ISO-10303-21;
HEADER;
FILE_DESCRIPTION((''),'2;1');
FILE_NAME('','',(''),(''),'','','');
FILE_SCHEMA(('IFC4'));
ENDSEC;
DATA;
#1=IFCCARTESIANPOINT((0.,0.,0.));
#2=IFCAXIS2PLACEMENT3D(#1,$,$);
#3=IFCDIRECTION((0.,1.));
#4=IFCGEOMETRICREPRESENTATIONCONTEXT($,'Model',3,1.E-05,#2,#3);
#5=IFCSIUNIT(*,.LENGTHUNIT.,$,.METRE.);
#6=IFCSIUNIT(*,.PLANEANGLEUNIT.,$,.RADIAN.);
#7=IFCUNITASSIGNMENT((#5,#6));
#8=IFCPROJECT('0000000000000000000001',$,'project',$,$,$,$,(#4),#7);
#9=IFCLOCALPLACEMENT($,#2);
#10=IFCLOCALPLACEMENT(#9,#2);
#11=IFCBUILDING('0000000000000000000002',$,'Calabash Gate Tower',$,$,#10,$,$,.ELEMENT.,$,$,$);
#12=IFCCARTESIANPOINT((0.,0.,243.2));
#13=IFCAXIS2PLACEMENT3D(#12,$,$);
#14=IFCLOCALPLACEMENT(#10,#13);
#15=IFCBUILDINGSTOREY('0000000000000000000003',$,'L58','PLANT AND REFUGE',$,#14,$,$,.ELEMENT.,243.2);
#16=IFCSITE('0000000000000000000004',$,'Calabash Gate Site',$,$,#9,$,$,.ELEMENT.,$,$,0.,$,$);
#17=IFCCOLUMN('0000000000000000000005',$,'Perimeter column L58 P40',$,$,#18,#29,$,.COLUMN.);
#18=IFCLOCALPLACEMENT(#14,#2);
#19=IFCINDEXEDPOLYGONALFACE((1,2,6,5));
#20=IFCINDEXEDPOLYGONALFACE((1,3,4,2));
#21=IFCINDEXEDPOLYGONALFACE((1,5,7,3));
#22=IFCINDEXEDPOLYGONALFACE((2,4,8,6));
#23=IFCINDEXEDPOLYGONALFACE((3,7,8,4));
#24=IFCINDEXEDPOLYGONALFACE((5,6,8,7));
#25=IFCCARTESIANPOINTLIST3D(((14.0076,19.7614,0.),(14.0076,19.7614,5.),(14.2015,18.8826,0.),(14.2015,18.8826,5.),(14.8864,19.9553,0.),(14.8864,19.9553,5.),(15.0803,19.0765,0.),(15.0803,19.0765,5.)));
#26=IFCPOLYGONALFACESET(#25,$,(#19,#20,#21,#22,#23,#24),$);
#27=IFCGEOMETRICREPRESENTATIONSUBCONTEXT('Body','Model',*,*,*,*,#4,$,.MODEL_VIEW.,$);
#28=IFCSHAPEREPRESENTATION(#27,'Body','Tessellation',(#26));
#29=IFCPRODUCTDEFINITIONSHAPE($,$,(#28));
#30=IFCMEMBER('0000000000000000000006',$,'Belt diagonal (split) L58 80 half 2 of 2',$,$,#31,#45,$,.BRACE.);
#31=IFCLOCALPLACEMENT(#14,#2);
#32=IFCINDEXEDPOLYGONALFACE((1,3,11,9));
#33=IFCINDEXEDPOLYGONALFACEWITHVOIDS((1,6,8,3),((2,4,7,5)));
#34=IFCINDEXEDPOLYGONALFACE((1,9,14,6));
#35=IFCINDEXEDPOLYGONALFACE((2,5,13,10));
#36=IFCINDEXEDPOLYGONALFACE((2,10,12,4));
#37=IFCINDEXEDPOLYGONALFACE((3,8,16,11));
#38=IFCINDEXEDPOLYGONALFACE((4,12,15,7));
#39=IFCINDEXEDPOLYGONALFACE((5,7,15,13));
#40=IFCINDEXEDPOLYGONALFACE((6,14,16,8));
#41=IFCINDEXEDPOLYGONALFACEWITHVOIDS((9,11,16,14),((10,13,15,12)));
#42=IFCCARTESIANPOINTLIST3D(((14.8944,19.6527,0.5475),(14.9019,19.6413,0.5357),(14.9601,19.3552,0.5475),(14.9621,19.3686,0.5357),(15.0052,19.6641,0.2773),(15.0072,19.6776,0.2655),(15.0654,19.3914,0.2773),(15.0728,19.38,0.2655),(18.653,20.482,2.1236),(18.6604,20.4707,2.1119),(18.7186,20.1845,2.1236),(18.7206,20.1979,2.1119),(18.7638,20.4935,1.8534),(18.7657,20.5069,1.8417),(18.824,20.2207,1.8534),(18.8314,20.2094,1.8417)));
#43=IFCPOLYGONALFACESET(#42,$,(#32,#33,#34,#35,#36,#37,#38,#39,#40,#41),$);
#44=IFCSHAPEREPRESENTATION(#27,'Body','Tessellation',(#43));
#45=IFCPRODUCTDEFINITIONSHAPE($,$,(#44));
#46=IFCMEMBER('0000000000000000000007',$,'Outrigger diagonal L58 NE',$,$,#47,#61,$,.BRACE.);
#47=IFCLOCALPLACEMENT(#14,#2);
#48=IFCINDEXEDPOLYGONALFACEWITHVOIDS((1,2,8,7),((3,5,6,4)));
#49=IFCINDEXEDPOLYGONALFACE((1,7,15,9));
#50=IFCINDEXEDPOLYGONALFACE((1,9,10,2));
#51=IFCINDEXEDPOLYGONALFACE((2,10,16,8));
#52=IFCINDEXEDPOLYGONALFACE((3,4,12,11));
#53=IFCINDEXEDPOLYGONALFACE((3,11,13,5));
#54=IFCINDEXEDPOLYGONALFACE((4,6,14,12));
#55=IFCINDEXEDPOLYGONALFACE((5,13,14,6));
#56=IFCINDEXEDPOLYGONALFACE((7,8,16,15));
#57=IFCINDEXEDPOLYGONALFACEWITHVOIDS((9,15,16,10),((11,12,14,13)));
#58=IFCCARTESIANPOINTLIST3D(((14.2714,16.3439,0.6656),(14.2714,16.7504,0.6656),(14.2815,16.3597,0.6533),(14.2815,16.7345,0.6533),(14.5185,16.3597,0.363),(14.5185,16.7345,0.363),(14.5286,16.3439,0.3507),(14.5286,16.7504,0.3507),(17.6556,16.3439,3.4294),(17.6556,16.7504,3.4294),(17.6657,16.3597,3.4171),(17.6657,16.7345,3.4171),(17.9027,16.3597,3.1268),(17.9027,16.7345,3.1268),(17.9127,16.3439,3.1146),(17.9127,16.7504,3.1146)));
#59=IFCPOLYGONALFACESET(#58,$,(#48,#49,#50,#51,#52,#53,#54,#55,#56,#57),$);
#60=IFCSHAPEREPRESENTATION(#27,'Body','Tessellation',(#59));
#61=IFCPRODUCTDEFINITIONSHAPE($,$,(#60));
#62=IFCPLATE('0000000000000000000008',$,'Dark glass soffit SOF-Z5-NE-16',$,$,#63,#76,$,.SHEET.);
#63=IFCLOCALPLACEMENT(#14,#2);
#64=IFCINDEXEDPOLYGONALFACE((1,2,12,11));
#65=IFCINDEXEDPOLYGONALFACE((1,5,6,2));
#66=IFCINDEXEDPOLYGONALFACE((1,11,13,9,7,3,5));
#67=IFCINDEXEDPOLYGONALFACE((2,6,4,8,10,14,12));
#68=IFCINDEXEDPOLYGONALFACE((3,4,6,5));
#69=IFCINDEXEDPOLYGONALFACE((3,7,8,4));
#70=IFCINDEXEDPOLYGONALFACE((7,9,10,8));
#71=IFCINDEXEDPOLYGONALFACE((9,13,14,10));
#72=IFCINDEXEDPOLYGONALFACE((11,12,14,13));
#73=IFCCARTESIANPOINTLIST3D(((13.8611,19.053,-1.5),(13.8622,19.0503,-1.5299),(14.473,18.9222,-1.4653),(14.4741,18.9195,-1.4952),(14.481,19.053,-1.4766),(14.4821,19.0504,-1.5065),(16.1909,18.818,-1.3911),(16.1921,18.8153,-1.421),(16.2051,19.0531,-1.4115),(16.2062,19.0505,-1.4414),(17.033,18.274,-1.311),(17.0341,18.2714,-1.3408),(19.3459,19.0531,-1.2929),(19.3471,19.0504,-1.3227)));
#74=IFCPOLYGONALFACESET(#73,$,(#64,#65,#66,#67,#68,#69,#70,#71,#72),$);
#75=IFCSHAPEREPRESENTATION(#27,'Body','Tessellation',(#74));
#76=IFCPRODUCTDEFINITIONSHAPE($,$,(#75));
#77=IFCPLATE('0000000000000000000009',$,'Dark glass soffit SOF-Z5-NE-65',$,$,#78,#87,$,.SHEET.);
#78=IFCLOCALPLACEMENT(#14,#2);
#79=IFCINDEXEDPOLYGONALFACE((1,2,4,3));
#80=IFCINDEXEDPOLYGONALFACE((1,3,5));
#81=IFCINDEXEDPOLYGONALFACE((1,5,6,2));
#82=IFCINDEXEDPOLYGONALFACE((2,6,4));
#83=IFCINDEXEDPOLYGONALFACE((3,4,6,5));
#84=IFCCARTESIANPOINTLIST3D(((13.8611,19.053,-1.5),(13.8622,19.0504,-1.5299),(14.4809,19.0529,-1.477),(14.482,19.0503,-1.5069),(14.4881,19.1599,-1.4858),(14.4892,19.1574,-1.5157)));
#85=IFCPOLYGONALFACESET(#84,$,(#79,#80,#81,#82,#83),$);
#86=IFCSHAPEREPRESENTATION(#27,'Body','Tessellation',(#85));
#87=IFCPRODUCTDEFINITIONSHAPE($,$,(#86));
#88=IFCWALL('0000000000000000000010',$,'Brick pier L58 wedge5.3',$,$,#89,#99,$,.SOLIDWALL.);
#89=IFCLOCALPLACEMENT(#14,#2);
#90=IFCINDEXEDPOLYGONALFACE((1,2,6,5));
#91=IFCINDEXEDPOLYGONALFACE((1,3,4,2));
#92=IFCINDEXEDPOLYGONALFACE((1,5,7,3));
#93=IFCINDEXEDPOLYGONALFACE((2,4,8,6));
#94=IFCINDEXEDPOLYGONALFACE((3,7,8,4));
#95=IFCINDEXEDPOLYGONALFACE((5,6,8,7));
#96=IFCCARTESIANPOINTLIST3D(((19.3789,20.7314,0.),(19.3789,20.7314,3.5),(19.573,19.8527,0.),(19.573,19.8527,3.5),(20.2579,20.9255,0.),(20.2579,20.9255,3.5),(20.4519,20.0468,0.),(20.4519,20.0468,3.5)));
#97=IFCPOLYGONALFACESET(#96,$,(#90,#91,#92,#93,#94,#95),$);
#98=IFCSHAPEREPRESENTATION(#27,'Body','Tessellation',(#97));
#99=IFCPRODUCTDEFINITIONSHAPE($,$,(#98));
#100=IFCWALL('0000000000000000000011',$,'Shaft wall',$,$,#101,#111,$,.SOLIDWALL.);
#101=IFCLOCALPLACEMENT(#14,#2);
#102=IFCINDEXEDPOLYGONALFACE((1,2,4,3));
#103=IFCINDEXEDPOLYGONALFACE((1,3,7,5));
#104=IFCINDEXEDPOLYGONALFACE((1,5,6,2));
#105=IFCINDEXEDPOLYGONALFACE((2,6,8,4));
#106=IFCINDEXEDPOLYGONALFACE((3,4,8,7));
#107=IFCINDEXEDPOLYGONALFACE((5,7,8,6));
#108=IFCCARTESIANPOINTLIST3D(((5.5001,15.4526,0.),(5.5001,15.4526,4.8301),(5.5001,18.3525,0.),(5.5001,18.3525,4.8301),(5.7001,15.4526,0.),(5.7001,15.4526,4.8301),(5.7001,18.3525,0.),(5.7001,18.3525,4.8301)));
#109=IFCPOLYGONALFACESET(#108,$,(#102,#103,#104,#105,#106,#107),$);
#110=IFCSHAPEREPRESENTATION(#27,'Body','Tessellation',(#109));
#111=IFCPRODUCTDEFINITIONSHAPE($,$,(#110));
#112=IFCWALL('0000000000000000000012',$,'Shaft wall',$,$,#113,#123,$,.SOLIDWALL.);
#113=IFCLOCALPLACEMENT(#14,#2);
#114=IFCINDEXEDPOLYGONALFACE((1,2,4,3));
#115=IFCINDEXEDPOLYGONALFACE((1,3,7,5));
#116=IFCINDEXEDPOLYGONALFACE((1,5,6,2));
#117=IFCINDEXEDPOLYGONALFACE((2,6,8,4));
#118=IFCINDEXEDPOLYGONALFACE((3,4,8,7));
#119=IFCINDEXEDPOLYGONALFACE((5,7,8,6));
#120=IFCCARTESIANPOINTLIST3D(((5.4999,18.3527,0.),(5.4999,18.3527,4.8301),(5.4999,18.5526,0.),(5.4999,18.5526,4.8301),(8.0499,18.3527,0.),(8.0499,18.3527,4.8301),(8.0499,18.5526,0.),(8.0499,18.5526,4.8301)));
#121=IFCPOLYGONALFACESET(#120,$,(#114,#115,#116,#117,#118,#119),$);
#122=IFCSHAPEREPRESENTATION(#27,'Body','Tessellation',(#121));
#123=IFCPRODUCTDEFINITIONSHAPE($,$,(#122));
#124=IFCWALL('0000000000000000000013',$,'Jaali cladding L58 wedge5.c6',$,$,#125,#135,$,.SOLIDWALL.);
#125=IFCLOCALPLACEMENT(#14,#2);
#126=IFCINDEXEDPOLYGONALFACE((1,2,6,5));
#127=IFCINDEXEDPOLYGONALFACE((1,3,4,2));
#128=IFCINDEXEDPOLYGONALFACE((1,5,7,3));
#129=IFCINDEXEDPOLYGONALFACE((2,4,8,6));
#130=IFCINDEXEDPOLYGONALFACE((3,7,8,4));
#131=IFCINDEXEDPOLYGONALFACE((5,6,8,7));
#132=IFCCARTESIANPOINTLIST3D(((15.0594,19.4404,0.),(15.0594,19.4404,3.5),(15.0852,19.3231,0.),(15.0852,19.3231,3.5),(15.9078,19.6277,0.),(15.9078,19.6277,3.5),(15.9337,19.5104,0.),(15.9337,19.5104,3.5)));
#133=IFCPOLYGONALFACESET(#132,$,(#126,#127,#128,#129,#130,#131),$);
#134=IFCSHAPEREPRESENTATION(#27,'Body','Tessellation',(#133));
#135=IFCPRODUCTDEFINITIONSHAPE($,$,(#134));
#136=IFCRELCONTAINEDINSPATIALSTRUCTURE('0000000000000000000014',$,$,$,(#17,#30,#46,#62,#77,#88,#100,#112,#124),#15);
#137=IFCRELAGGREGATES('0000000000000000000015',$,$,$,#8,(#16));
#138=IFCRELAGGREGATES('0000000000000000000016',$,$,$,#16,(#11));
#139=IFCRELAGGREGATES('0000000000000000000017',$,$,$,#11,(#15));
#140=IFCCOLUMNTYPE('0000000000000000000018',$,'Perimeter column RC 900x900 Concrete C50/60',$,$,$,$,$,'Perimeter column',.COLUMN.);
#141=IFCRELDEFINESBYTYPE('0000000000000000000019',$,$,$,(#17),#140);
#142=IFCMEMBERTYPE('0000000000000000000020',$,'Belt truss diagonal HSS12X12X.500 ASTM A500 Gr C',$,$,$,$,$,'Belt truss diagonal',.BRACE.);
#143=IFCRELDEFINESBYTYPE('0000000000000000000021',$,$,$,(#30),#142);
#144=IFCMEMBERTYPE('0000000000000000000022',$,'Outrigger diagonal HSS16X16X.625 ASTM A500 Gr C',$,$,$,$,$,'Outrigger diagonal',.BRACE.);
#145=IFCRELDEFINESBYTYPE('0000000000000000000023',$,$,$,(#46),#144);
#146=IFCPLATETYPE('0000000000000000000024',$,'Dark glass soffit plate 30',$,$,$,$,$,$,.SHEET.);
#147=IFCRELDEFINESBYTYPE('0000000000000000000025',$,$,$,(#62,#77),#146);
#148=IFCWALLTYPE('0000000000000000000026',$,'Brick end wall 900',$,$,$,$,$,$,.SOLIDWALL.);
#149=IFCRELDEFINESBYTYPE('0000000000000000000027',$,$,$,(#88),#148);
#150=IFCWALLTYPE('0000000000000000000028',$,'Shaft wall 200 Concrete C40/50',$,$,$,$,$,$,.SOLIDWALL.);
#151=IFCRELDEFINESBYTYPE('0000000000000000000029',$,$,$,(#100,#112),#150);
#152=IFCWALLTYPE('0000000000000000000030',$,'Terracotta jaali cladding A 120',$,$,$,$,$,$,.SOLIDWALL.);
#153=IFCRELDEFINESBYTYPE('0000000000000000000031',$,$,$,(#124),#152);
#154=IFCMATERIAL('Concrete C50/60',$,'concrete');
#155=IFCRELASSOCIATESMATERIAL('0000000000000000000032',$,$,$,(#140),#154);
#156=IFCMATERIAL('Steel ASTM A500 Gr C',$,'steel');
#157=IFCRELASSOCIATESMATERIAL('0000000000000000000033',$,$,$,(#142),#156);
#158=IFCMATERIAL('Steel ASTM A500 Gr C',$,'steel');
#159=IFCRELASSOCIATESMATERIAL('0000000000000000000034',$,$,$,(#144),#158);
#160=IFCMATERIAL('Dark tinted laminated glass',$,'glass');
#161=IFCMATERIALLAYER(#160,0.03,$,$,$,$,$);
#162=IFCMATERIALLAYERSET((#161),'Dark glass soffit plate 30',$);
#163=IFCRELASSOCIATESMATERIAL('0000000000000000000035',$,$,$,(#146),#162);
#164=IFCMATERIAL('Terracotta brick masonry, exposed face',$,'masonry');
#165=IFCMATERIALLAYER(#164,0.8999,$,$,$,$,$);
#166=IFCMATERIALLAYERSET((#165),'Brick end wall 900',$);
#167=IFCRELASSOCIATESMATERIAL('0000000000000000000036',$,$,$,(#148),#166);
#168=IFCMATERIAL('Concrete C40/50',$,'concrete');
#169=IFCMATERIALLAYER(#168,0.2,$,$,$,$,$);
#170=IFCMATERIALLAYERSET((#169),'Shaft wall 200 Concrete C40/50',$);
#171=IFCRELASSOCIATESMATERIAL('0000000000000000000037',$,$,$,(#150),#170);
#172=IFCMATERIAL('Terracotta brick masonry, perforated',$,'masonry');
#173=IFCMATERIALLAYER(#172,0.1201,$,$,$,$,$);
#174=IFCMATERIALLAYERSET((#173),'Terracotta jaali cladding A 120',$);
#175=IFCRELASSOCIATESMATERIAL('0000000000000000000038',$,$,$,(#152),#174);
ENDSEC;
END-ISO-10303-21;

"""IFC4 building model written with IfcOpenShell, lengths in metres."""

from ifc_helpers import new_model, si_unit, direction, frame, frame_2d, origin, origin_2d, place, context, subcontext, project, spatial, polyline, rectangle, hollow_rectangle, outline, extrude, material, layer, layer_set, material_profile, profile_set, type_object, element, save


model = new_model("IFC4")

# Units and contexts
model_context = context("Model", 3, precision=1e-05, world=origin(), true_north=direction((0.0, 1.0)))
body_context = subcontext(model_context, "Body", "Model", "MODEL_VIEW")
ifc_project = project(units=[si_unit("LENGTHUNIT", "METRE"), si_unit("PLANEANGLEUNIT", "RADIAN")], contexts=[model_context])

# Site, building, storey
site_placement = place(None, origin())
site = spatial("IfcSite", under=ifc_project, at=site_placement, Name="Calabash Gate Site", CompositionType="ELEMENT", RefElevation=0.0)
building_placement = place(site_placement, origin())
building = spatial("IfcBuilding", under=site, at=building_placement, Name="Calabash Gate Tower", CompositionType="ELEMENT")
storey_placement = place(building_placement, frame((0.0, 0.0, 243.2)))
storey = spatial("IfcBuildingStorey", under=building, at=storey_placement, Name="L58", Description="PLANT AND REFUGE", CompositionType="ELEMENT", Elevation=243.2)

# Column
ifc_material_1 = material(Name="Concrete C50/60", Category="concrete")
ifc_material_profile_1 = material_profile(ifc_material_1, rectangle(XDim=0.8999, YDim=0.8999, at=origin_2d()))
ifc_profile_set_1 = profile_set([ifc_material_profile_1], Name="Concrete C50/60")
column_type = type_object("IfcColumnType", Name="Perimeter column RC 900x900 Concrete C50/60", ElementType="Perimeter column", PredefinedType="COLUMN", material=ifc_profile_set_1)
column_placement = place(storey_placement, frame((14.5439, 19.4189, 0.0), z_axis=(0.0, 0.0, 1.0), x_axis=(-0.976511, -0.215468, 0.0)))
element("IfcColumn", 1, at=column_placement, inside=storey, type_object=column_type, Name="Perimeter column L58 P40", PredefinedType="COLUMN", context=body_context, shape_type="SweptSolid", body=[
    extrude(rectangle(XDim=0.8999, YDim=0.8999, at=origin_2d()), origin(), (0.0, 0.0, 1.0), 5.0),
])

# Members
ifc_material_2 = material(Name="Steel ASTM A500 Gr C", Category="steel")
ifc_material_profile_2 = material_profile(ifc_material_2, hollow_rectangle(XDim=0.3047, YDim=0.3047, WallThickness=0.0127, at=origin_2d()))
ifc_profile_set_2 = profile_set([ifc_material_profile_2], Name="Steel ASTM A500 Gr C")
member_type_1 = type_object("IfcMemberType", Name="Belt truss diagonal HSS12X12X.500 ASTM A500 Gr C", ElementType="Belt truss diagonal", PredefinedType="BRACE", material=ifc_profile_set_2)
member_1_placement = place(storey_placement, frame((18.7422, 20.3457, 1.9827), z_axis=(-0.903674, -0.199401, -0.378962), x_axis=(0.215473, -0.97651, 0.0)))
element("IfcMember", 2, at=member_1_placement, inside=storey, type_object=member_type_1, Name="Belt diagonal (split) L58 80 half 2 of 2", PredefinedType="BRACE", context=body_context, shape_type="SweptSolid", body=[
    extrude(hollow_rectangle(XDim=0.3047, YDim=0.3047, WallThickness=0.0127, at=origin_2d()), origin(), (0.0, 0.0, 1.0), 4.1592),
])
ifc_material_3 = material(Name="Steel ASTM A500 Gr C", Category="steel")
ifc_material_profile_3 = material_profile(ifc_material_3, hollow_rectangle(XDim=0.4065, YDim=0.4065, WallThickness=0.0159, at=origin_2d()))
ifc_profile_set_3 = profile_set([ifc_material_profile_3], Name="Steel ASTM A500 Gr C")
member_type_2 = type_object("IfcMemberType", Name="Outrigger diagonal HSS16X16X.625 ASTM A500 Gr C", ElementType="Outrigger diagonal", PredefinedType="BRACE", material=ifc_profile_set_3)
member_2_placement = place(storey_placement, frame((17.7842, 16.5471, 3.272), z_axis=(-0.774522, 0.0, -0.632547), x_axis=(0.0, -1.0, 0.0)))
element("IfcMember", 3, at=member_2_placement, inside=storey, type_object=member_type_2, Name="Outrigger diagonal L58 NE", PredefinedType="BRACE", context=body_context, shape_type="SweptSolid", body=[
    extrude(hollow_rectangle(XDim=0.4065, YDim=0.4065, WallThickness=0.0159, at=origin_2d()), origin(), (0.0, 0.0, 1.0), 4.3694),
])

# Plates
ifc_material_4 = material(Name="Dark tinted laminated glass", Category="glass")
ifc_layer_1 = layer(ifc_material_4, 0.03)
ifc_layer_set_1 = layer_set([ifc_layer_1], Name="Dark glass soffit plate 30")
plate_type = type_object("IfcPlateType", Name="Dark glass soffit plate 30", PredefinedType="SHEET", material=ifc_layer_set_1)
plate_1_placement = place(storey_placement, frame((13.8611, 19.053, -1.5), z_axis=(-0.037593, 0.088483, 0.995368), x_axis=(0.999288, 0.000066, 0.037736)))
element("IfcPlate", 4, at=plate_1_placement, inside=storey, type_object=plate_type, Name="Dark glass soffit SOF-Z5-NE-16", PredefinedType="SHEET", context=body_context, shape_type="SweptSolid", body=[
    extrude(outline(polyline([(0.0, 0.0), (0.6204, 0.0), (0.6128, -0.1313), (2.3323, -0.2361), (2.3457, 0.0), (5.4888, -0.0002), (3.1768, -0.7822), (0.0, 0.0)])), origin(), (0.0, 0.0, -1.0), 0.03),
])
plate_2_placement = place(storey_placement, frame((13.8611, 19.053, -1.5), z_axis=(-0.036865, 0.084284, 0.99576), x_axis=(0.98552, 0.168091, 0.022259)))
element("IfcPlate", 5, at=plate_2_placement, inside=storey, type_object=plate_type, Name="Dark glass soffit SOF-Z5-NE-65", PredefinedType="SHEET", context=body_context, shape_type="SweptSolid", body=[
    extrude(outline(polyline([(0.0, 0.0), (0.6362, 0.0), (0.6113, -0.1047), (0.0, 0.0)])), origin(), (0.0, 0.0, -1.0), 0.03),
])

# Walls
ifc_material_5 = material(Name="Terracotta brick masonry, exposed face", Category="masonry")
ifc_layer_2 = layer(ifc_material_5, 0.8999)
ifc_layer_set_2 = layer_set([ifc_layer_2], Name="Brick end wall 900")
wall_type_1 = type_object("IfcWallType", Name="Brick end wall 900", PredefinedType="SOLIDWALL", material=ifc_layer_set_2)
wall_1_placement = place(storey_placement, frame((19.4758, 20.292, 0.0), z_axis=(0.0, 0.0, 1.0), x_axis=(0.976473, 0.215638, 0.0)))
element("IfcWall", 6, at=wall_1_placement, inside=storey, type_object=wall_type_1, Name="Brick pier L58 wedge5.3", PredefinedType="SOLIDWALL", context=body_context, shape_type="SweptSolid", body=[
    extrude(rectangle(XDim=0.9001, YDim=0.8999, at=frame_2d((0.4502, 0.0))), origin(), (0.0, 0.0, 1.0), 3.5),
])
ifc_material_6 = material(Name="Concrete C40/50", Category="concrete")
ifc_layer_3 = layer(ifc_material_6, 0.2)
ifc_layer_set_3 = layer_set([ifc_layer_3], Name="Shaft wall 200 Concrete C40/50")
wall_type_2 = type_object("IfcWallType", Name="Shaft wall 200 Concrete C40/50", PredefinedType="SOLIDWALL", material=ifc_layer_set_3)
wall_2_placement = place(storey_placement, frame((5.6001, 15.4526, 0.0), z_axis=(0.0, 0.0, 1.0), x_axis=(0.0, 1.0, 0.0)))
element("IfcWall", 7, at=wall_2_placement, inside=storey, type_object=wall_type_2, Name="Shaft wall", PredefinedType="SOLIDWALL", context=body_context, shape_type="SweptSolid", body=[
    extrude(rectangle(XDim=2.8999, YDim=0.2, at=frame_2d((1.45, 0.0))), origin(), (0.0, 0.0, 1.0), 4.8301),
])
wall_3_placement = place(storey_placement, frame((5.5, 18.4526, 0.0), z_axis=(0.0, 0.0, 1.0), x_axis=(1.0, 0.0, 0.0)))
element("IfcWall", 8, at=wall_3_placement, inside=storey, type_object=wall_type_2, Name="Shaft wall", PredefinedType="SOLIDWALL", context=body_context, shape_type="SweptSolid", body=[
    extrude(rectangle(XDim=2.55, YDim=0.2, at=frame_2d((1.2749, 0.0))), origin(), (0.0, 0.0, 1.0), 4.8301),
])
ifc_material_7 = material(Name="Terracotta brick masonry, perforated", Category="masonry")
ifc_layer_4 = layer(ifc_material_7, 0.1201)
ifc_layer_set_4 = layer_set([ifc_layer_4], Name="Terracotta jaali cladding A 120")
wall_type_3 = type_object("IfcWallType", Name="Terracotta jaali cladding A 120", PredefinedType="SOLIDWALL", material=ifc_layer_set_4)
wall_4_placement = place(storey_placement, frame((15.9209, 19.5691, 0.0), z_axis=(0.0, 0.0, 1.0), x_axis=(-0.976497, -0.215532, 0.0)))
element("IfcWall", 9, at=wall_4_placement, inside=storey, type_object=wall_type_3, Name="Jaali cladding L58 wedge5.c6", PredefinedType="SOLIDWALL", context=body_context, shape_type="SweptSolid", body=[
    extrude(rectangle(XDim=0.8689, YDim=0.1201, at=frame_2d((0.4346, 0.0))), origin(), (0.0, 0.0, 1.0), 3.5),
])

save(model, "model.ifc")
